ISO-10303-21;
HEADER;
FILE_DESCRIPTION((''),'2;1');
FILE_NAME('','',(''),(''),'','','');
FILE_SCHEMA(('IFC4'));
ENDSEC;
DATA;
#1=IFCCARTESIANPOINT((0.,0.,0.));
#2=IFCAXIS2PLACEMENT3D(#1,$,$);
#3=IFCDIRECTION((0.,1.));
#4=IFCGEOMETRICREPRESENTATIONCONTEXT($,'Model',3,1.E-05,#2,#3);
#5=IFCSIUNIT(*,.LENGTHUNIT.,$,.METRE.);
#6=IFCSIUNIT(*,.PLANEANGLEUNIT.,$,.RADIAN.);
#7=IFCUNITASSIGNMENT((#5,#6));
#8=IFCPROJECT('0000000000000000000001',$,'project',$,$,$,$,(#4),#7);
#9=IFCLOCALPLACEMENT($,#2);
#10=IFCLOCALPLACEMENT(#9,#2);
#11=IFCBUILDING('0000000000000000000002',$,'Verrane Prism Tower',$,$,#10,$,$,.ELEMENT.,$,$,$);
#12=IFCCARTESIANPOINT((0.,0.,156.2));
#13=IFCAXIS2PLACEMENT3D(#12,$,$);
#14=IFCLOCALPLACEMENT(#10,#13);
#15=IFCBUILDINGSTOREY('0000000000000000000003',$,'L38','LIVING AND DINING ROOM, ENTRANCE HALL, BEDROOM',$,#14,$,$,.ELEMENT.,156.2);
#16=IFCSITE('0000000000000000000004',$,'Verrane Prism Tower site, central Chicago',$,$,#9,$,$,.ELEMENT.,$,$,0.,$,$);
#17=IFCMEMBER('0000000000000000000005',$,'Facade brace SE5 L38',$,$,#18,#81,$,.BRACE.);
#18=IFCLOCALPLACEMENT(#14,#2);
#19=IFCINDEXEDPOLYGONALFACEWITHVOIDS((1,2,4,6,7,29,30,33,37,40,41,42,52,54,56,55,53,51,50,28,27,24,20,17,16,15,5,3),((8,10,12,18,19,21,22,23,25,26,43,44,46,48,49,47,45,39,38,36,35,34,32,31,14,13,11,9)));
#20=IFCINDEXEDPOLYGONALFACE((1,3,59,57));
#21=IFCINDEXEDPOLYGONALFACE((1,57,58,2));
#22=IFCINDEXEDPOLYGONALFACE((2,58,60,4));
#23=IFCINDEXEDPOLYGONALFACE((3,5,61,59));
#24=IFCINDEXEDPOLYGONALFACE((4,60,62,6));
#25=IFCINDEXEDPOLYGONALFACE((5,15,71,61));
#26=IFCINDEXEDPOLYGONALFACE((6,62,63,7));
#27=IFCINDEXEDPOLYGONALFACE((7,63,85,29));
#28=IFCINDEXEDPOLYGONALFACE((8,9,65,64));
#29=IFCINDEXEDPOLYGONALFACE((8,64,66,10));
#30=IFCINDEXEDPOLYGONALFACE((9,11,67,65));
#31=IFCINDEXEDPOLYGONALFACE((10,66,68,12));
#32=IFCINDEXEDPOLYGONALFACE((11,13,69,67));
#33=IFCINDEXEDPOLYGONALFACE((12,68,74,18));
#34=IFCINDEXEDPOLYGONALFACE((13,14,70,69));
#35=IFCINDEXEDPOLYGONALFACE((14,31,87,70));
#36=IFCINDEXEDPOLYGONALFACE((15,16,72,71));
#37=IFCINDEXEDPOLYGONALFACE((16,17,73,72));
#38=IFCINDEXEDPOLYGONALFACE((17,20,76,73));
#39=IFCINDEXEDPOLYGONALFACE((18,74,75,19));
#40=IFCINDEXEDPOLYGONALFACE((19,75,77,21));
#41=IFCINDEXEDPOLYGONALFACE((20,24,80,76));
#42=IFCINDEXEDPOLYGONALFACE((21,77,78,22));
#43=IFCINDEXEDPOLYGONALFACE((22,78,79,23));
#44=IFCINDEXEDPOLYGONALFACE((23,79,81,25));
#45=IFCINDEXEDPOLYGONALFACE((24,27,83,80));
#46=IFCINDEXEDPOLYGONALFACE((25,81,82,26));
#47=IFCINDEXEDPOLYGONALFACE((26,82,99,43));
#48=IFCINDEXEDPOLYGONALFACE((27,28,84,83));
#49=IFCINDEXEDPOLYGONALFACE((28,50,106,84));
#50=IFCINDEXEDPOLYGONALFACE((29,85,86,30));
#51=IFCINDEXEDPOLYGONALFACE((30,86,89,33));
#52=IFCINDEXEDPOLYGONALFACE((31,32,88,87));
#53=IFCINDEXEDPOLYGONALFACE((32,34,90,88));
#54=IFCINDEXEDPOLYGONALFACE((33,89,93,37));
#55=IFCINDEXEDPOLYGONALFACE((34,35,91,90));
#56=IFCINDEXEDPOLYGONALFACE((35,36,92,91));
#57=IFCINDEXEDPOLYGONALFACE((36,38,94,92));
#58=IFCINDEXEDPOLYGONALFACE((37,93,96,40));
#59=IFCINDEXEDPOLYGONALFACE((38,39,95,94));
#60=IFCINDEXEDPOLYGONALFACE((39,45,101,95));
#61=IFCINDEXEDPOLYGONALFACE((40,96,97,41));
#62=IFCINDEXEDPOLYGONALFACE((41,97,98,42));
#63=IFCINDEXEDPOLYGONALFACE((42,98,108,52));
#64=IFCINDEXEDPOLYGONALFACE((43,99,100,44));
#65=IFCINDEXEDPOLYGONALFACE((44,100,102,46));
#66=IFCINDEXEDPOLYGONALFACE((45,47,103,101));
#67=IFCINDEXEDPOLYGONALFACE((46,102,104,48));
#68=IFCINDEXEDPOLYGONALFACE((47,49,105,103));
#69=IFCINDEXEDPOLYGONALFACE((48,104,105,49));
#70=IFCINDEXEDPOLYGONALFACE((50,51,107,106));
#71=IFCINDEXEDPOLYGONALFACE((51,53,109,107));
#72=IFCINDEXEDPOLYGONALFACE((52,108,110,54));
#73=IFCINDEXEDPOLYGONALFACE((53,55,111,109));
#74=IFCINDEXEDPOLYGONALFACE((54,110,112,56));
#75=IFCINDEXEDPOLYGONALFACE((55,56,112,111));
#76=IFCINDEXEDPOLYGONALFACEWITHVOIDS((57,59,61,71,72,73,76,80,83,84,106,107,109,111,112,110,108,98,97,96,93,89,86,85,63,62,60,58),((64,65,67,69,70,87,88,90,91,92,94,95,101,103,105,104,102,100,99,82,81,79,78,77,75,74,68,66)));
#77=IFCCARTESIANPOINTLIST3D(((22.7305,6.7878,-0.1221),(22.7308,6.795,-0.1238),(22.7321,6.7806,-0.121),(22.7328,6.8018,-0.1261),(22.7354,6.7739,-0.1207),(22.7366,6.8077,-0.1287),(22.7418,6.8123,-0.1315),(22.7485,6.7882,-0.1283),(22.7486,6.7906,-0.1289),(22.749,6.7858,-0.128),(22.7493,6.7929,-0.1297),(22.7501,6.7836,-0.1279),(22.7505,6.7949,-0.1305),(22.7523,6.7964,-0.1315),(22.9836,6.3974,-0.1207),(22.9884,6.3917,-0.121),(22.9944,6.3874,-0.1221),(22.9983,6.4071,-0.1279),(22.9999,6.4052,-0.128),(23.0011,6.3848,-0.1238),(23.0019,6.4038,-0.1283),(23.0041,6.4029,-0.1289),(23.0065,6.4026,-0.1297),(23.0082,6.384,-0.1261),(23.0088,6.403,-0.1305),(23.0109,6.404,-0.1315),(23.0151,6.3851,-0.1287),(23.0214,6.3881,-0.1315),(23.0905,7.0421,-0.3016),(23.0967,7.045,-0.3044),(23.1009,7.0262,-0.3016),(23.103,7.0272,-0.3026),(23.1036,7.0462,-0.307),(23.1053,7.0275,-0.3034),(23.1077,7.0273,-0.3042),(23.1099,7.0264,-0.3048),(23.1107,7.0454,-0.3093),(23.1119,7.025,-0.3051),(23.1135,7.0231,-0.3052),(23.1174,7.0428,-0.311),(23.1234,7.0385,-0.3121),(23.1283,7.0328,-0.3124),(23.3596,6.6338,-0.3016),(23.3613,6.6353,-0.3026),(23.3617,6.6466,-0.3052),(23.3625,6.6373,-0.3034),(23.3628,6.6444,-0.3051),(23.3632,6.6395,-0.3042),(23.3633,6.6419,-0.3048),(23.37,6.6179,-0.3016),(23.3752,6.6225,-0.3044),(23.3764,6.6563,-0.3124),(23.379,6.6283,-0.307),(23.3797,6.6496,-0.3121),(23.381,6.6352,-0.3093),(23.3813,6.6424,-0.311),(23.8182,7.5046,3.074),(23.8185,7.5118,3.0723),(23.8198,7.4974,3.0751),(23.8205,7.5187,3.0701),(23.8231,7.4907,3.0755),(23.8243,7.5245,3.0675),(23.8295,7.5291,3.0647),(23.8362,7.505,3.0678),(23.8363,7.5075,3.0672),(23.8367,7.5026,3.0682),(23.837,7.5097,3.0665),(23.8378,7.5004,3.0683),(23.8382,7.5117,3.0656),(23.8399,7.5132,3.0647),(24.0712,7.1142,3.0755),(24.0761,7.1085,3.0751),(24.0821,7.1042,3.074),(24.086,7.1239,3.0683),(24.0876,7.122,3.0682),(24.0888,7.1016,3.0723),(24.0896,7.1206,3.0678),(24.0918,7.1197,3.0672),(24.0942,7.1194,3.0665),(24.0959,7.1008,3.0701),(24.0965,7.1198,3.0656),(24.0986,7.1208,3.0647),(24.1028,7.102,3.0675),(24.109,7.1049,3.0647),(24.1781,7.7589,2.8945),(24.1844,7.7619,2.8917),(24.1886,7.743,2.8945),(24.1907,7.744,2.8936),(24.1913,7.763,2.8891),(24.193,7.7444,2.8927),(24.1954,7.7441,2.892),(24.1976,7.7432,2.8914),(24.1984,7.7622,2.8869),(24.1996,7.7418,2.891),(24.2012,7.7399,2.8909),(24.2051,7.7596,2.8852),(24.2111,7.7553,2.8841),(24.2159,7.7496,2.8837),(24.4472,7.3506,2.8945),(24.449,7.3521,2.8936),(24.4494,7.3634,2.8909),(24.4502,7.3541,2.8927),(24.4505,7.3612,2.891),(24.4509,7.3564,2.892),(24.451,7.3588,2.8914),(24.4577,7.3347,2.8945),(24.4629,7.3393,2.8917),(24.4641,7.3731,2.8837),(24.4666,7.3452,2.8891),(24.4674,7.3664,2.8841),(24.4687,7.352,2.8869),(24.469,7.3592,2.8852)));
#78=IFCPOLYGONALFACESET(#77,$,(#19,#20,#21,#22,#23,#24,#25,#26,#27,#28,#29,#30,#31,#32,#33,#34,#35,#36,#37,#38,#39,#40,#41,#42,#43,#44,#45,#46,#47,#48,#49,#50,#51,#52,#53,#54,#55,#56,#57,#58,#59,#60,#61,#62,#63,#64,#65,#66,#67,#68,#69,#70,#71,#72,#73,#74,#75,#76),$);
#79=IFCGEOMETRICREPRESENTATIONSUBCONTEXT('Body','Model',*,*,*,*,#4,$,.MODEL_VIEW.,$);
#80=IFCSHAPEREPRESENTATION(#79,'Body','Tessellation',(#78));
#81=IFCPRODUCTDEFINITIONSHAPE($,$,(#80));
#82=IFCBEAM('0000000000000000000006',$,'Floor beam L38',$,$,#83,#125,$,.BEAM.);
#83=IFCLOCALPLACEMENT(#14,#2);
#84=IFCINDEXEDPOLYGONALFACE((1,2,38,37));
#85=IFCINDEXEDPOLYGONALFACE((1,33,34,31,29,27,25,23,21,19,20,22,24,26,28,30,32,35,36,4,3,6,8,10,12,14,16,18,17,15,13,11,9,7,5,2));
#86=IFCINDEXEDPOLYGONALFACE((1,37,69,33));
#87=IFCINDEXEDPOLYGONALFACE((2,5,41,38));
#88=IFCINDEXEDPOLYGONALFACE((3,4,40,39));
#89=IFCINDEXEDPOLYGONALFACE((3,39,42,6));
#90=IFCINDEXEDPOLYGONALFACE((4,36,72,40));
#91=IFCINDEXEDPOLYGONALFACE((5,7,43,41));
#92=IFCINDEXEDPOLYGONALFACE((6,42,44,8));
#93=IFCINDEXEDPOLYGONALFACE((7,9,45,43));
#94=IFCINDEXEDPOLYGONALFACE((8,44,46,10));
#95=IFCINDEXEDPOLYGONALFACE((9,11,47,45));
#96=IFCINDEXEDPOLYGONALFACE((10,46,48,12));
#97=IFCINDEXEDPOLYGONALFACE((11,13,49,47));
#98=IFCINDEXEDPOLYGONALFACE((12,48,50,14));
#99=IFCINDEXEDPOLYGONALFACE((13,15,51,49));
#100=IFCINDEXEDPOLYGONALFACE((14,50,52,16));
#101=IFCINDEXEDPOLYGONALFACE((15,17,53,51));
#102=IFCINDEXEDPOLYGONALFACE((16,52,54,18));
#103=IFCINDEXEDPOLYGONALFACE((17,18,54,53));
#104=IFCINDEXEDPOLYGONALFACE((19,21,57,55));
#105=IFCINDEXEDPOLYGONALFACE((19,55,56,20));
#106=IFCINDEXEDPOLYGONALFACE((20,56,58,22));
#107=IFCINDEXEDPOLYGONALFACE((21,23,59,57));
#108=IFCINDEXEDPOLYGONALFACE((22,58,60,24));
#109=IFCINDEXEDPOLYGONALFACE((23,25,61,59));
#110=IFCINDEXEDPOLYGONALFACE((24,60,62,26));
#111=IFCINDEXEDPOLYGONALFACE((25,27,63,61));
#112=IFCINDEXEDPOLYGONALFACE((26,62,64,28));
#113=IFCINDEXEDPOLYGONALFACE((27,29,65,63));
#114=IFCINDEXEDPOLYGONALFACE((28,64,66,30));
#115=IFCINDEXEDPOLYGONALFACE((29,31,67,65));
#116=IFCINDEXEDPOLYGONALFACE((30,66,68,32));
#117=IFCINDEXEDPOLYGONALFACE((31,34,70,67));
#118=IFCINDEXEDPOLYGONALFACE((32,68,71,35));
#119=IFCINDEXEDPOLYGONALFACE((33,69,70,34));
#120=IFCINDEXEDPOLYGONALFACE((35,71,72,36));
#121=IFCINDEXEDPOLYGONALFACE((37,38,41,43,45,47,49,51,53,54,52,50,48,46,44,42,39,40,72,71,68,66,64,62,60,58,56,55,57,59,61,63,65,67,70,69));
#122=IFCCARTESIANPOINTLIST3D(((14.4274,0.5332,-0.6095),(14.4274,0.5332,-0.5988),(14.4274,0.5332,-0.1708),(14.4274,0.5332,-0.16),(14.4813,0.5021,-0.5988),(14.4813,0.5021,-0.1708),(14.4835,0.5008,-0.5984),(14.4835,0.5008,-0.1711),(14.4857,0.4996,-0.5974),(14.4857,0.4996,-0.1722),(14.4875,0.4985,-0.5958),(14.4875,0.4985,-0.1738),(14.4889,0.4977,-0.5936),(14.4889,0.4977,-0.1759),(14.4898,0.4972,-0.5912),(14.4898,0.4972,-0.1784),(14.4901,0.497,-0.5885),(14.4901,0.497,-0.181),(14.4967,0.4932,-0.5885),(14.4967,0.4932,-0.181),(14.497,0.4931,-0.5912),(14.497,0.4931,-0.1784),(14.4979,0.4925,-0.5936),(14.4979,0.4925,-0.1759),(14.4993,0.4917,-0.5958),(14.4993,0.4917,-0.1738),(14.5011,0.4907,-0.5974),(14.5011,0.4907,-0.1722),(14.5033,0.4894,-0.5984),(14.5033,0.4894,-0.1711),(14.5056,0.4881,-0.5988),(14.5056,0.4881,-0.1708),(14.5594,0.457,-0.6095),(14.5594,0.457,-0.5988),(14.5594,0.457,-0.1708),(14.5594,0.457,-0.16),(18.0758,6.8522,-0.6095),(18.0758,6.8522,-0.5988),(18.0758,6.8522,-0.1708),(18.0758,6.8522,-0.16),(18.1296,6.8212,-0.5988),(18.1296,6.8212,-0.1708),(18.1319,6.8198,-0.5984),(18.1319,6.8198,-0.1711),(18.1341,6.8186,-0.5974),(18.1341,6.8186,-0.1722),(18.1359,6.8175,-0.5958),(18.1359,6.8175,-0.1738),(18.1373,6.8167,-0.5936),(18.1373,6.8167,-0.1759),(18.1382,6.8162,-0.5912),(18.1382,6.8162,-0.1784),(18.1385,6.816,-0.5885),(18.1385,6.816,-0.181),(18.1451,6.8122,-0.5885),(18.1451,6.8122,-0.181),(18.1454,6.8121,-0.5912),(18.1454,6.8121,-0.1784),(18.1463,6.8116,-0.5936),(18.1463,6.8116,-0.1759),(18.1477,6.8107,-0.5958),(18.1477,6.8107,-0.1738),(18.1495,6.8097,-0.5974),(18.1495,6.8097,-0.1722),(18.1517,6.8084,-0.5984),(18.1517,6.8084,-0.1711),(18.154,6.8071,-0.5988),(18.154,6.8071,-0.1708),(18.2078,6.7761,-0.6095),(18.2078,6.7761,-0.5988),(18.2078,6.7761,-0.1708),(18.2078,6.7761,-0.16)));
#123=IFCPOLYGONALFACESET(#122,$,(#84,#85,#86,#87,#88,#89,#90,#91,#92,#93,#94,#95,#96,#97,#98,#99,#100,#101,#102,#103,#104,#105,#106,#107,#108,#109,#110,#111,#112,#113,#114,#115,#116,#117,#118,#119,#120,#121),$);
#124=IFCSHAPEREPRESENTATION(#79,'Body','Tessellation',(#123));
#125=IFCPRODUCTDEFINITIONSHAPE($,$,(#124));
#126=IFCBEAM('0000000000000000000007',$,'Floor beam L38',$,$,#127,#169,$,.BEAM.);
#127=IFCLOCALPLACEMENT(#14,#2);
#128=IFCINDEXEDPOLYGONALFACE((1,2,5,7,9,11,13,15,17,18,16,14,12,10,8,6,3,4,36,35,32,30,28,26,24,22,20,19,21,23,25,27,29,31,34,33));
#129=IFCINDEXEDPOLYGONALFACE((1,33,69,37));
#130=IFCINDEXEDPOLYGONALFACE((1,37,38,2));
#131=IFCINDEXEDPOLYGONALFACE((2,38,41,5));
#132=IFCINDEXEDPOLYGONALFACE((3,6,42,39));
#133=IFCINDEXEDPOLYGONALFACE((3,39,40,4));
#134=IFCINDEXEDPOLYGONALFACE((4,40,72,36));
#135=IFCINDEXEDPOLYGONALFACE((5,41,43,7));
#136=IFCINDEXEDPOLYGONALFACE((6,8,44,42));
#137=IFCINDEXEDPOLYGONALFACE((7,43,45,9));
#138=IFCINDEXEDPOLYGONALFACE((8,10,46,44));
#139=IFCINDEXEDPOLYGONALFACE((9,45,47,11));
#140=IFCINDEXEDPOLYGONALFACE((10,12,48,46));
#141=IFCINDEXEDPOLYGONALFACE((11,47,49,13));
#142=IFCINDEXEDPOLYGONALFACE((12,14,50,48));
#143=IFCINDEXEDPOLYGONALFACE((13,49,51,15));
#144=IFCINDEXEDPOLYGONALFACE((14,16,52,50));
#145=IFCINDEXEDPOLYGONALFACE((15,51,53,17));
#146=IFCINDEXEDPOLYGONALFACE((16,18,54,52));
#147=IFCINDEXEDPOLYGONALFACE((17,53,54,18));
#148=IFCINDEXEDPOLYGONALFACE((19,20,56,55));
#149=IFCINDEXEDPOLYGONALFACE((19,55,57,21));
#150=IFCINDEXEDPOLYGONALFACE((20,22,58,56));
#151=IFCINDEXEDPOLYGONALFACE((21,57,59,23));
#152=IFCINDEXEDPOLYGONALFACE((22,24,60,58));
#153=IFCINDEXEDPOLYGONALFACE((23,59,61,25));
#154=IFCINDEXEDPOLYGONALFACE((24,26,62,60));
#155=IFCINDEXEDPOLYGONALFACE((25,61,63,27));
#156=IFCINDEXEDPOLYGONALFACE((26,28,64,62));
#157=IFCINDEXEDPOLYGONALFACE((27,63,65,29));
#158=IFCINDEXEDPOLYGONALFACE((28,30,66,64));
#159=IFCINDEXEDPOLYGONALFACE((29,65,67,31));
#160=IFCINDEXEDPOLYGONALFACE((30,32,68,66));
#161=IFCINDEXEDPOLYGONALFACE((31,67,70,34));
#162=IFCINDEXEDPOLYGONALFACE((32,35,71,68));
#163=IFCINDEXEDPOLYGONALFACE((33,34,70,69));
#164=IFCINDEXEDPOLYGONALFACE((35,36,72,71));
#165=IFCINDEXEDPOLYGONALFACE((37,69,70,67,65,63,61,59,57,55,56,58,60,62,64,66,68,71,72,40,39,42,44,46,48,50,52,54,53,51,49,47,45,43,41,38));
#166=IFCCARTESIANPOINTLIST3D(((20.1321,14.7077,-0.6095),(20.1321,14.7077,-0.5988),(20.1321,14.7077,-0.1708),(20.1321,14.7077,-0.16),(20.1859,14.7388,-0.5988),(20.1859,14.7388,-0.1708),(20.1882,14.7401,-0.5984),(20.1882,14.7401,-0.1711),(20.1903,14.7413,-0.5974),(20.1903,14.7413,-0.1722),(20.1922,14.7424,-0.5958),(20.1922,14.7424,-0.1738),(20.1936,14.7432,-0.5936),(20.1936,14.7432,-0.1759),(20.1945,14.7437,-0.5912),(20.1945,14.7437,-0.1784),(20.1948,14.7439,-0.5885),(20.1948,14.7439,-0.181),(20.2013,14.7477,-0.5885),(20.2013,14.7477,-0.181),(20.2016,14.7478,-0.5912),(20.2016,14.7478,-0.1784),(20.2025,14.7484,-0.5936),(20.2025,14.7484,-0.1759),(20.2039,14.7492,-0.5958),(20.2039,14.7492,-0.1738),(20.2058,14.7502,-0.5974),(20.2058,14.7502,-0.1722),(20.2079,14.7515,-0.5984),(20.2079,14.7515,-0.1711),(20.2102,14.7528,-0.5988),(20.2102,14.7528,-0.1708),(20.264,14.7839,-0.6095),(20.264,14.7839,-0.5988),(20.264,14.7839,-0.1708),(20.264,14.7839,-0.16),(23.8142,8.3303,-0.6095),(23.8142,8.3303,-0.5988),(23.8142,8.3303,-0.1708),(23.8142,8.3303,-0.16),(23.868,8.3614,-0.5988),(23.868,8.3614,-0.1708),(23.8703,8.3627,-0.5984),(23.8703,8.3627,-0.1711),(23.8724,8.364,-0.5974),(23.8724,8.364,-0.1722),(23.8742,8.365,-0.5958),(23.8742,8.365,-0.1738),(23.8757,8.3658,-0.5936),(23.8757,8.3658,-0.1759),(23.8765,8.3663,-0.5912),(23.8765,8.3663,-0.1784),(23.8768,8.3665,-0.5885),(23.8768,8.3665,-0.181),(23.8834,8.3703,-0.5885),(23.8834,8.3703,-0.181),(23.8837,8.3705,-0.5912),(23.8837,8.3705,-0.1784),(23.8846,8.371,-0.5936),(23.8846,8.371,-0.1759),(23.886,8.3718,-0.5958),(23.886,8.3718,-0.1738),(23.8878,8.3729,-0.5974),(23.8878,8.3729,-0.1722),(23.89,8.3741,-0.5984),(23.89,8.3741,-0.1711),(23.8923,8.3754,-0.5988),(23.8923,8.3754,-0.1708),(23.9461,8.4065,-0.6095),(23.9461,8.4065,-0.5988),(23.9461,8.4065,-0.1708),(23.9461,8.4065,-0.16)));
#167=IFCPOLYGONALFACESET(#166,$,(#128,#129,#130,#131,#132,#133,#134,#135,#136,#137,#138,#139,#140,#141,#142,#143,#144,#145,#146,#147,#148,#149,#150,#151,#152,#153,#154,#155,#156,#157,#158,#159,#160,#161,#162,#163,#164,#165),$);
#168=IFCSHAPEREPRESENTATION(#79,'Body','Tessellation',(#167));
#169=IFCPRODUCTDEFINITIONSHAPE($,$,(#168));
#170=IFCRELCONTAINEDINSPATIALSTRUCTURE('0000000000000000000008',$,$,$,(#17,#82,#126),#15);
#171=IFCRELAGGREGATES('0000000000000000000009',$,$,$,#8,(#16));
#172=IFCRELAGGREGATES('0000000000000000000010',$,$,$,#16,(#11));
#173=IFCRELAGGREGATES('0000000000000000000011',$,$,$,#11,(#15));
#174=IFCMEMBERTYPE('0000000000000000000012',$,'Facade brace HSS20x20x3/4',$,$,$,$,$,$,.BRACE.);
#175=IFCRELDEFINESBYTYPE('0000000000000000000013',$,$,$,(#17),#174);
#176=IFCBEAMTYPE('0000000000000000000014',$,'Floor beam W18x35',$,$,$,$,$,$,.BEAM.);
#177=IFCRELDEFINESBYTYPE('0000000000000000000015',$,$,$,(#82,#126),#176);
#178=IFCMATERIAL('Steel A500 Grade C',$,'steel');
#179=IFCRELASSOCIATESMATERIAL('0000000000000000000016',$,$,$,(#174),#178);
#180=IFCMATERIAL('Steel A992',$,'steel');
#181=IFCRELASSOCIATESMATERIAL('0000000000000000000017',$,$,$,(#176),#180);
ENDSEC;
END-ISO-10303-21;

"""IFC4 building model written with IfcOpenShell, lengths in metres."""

from ifc_helpers import new_model, si_unit, direction, frame, origin, origin_2d, place, context, subcontext, project, spatial, hollow_rectangle, i_section, extrude, material, material_profile, profile_set, type_object, element, save


model = new_model("IFC4")

# Units and contexts
model_context = context("Model", 3, precision=1e-05, world=origin(), true_north=direction((0.0, 1.0)))
body_context = subcontext(model_context, "Body", "Model", "MODEL_VIEW")
ifc_project = project(units=[si_unit("LENGTHUNIT", "METRE"), si_unit("PLANEANGLEUNIT", "RADIAN")], contexts=[model_context])

# Site, building, storey
site_placement = place(None, origin())
site = spatial("IfcSite", under=ifc_project, at=site_placement, Name="Verrane Prism Tower site, central Chicago", CompositionType="ELEMENT", RefElevation=0.0)
building_placement = place(site_placement, origin())
building = spatial("IfcBuilding", under=site, at=building_placement, Name="Verrane Prism Tower", CompositionType="ELEMENT")
storey_placement = place(building_placement, frame((0.0, 0.0, 156.2)))
storey = spatial("IfcBuildingStorey", under=building, at=storey_placement, Name="L38", Description="LIVING AND DINING ROOM, ENTRANCE HALL, BEDROOM", CompositionType="ELEMENT", Elevation=156.2)

# Member
ifc_material_1 = material(Name="Steel A500 Grade C", Category="steel")
ifc_material_profile_1 = material_profile(ifc_material_1, hollow_rectangle(XDim=0.5081, YDim=0.5081, WallThickness=0.019, InnerFilletRadius=0.0095, OuterFilletRadius=0.0286, at=origin_2d()), Name="HSS20x20x3/4")
ifc_profile_set_1 = profile_set([ifc_material_profile_1], Name="Steel A500 Grade C")
member_type_1 = type_object("IfcMemberType", Name="Facade brace HSS20x20x3/4", PredefinedType="BRACE", material=ifc_profile_set_1)
member_1_placement = place(storey_placement, frame((23.0559, 6.7151, -0.2166), z_axis=(0.315141, 0.207689, 0.926041), x_axis=(-0.550281, 0.83498, 0.0)))
element("IfcMember", 1, at=member_1_placement, inside=storey, type_object=member_type_1, Name="Facade brace SE5 L38", PredefinedType="BRACE", context=body_context, shape_type="SweptSolid", body=[
    extrude(hollow_rectangle(XDim=0.5081, YDim=0.5081, WallThickness=0.019, InnerFilletRadius=0.0095, OuterFilletRadius=0.0286, at=origin_2d()), origin(), (0.0, 0.0, 1.0), 3.4514),
])

# Beams
ifc_material_2 = material(Name="Steel A992", Category="steel")
ifc_material_profile_2 = material_profile(ifc_material_2, i_section(OverallWidth=0.1523, OverallDepth=0.4495, WebThickness=0.0076, FlangeThickness=0.0107, FilletRadius=0.0103, at=origin_2d()), Name="W18x35")
ifc_profile_set_2 = profile_set([ifc_material_profile_2], Name="Steel A992")
beam_type_1 = type_object("IfcBeamType", Name="Floor beam W18x35", PredefinedType="BEAM", material=ifc_profile_set_2)
beam_1_placement = place(storey_placement, frame((14.4934, 0.4951, -0.3848), z_axis=(0.500011, 0.866019, 0.0), x_axis=(-0.866019, 0.500011, 0.0)))
element("IfcBeam", 2, at=beam_1_placement, inside=storey, type_object=beam_type_1, Name="Floor beam L38", PredefinedType="BEAM", context=body_context, shape_type="SweptSolid", body=[
    extrude(i_section(OverallWidth=0.1523, OverallDepth=0.4495, WebThickness=0.0076, FlangeThickness=0.0107, FilletRadius=0.0103, at=origin_2d()), origin(), (0.0, 0.0, 1.0), 7.2966),
])
beam_2_placement = place(storey_placement, frame((23.8801, 8.3684, -0.3848), z_axis=(-0.500011, 0.866019, 0.0), x_axis=(-0.866019, -0.500011, 0.0)))
element("IfcBeam", 3, at=beam_2_placement, inside=storey, type_object=beam_type_1, Name="Floor beam L38", PredefinedType="BEAM", context=body_context, shape_type="SweptSolid", body=[
    extrude(i_section(OverallWidth=0.1523, OverallDepth=0.4495, WebThickness=0.0076, FlangeThickness=0.0107, FilletRadius=0.0103, at=origin_2d()), origin(), (0.0, 0.0, 1.0), 7.364),
])

save(model, "model.ifc")
